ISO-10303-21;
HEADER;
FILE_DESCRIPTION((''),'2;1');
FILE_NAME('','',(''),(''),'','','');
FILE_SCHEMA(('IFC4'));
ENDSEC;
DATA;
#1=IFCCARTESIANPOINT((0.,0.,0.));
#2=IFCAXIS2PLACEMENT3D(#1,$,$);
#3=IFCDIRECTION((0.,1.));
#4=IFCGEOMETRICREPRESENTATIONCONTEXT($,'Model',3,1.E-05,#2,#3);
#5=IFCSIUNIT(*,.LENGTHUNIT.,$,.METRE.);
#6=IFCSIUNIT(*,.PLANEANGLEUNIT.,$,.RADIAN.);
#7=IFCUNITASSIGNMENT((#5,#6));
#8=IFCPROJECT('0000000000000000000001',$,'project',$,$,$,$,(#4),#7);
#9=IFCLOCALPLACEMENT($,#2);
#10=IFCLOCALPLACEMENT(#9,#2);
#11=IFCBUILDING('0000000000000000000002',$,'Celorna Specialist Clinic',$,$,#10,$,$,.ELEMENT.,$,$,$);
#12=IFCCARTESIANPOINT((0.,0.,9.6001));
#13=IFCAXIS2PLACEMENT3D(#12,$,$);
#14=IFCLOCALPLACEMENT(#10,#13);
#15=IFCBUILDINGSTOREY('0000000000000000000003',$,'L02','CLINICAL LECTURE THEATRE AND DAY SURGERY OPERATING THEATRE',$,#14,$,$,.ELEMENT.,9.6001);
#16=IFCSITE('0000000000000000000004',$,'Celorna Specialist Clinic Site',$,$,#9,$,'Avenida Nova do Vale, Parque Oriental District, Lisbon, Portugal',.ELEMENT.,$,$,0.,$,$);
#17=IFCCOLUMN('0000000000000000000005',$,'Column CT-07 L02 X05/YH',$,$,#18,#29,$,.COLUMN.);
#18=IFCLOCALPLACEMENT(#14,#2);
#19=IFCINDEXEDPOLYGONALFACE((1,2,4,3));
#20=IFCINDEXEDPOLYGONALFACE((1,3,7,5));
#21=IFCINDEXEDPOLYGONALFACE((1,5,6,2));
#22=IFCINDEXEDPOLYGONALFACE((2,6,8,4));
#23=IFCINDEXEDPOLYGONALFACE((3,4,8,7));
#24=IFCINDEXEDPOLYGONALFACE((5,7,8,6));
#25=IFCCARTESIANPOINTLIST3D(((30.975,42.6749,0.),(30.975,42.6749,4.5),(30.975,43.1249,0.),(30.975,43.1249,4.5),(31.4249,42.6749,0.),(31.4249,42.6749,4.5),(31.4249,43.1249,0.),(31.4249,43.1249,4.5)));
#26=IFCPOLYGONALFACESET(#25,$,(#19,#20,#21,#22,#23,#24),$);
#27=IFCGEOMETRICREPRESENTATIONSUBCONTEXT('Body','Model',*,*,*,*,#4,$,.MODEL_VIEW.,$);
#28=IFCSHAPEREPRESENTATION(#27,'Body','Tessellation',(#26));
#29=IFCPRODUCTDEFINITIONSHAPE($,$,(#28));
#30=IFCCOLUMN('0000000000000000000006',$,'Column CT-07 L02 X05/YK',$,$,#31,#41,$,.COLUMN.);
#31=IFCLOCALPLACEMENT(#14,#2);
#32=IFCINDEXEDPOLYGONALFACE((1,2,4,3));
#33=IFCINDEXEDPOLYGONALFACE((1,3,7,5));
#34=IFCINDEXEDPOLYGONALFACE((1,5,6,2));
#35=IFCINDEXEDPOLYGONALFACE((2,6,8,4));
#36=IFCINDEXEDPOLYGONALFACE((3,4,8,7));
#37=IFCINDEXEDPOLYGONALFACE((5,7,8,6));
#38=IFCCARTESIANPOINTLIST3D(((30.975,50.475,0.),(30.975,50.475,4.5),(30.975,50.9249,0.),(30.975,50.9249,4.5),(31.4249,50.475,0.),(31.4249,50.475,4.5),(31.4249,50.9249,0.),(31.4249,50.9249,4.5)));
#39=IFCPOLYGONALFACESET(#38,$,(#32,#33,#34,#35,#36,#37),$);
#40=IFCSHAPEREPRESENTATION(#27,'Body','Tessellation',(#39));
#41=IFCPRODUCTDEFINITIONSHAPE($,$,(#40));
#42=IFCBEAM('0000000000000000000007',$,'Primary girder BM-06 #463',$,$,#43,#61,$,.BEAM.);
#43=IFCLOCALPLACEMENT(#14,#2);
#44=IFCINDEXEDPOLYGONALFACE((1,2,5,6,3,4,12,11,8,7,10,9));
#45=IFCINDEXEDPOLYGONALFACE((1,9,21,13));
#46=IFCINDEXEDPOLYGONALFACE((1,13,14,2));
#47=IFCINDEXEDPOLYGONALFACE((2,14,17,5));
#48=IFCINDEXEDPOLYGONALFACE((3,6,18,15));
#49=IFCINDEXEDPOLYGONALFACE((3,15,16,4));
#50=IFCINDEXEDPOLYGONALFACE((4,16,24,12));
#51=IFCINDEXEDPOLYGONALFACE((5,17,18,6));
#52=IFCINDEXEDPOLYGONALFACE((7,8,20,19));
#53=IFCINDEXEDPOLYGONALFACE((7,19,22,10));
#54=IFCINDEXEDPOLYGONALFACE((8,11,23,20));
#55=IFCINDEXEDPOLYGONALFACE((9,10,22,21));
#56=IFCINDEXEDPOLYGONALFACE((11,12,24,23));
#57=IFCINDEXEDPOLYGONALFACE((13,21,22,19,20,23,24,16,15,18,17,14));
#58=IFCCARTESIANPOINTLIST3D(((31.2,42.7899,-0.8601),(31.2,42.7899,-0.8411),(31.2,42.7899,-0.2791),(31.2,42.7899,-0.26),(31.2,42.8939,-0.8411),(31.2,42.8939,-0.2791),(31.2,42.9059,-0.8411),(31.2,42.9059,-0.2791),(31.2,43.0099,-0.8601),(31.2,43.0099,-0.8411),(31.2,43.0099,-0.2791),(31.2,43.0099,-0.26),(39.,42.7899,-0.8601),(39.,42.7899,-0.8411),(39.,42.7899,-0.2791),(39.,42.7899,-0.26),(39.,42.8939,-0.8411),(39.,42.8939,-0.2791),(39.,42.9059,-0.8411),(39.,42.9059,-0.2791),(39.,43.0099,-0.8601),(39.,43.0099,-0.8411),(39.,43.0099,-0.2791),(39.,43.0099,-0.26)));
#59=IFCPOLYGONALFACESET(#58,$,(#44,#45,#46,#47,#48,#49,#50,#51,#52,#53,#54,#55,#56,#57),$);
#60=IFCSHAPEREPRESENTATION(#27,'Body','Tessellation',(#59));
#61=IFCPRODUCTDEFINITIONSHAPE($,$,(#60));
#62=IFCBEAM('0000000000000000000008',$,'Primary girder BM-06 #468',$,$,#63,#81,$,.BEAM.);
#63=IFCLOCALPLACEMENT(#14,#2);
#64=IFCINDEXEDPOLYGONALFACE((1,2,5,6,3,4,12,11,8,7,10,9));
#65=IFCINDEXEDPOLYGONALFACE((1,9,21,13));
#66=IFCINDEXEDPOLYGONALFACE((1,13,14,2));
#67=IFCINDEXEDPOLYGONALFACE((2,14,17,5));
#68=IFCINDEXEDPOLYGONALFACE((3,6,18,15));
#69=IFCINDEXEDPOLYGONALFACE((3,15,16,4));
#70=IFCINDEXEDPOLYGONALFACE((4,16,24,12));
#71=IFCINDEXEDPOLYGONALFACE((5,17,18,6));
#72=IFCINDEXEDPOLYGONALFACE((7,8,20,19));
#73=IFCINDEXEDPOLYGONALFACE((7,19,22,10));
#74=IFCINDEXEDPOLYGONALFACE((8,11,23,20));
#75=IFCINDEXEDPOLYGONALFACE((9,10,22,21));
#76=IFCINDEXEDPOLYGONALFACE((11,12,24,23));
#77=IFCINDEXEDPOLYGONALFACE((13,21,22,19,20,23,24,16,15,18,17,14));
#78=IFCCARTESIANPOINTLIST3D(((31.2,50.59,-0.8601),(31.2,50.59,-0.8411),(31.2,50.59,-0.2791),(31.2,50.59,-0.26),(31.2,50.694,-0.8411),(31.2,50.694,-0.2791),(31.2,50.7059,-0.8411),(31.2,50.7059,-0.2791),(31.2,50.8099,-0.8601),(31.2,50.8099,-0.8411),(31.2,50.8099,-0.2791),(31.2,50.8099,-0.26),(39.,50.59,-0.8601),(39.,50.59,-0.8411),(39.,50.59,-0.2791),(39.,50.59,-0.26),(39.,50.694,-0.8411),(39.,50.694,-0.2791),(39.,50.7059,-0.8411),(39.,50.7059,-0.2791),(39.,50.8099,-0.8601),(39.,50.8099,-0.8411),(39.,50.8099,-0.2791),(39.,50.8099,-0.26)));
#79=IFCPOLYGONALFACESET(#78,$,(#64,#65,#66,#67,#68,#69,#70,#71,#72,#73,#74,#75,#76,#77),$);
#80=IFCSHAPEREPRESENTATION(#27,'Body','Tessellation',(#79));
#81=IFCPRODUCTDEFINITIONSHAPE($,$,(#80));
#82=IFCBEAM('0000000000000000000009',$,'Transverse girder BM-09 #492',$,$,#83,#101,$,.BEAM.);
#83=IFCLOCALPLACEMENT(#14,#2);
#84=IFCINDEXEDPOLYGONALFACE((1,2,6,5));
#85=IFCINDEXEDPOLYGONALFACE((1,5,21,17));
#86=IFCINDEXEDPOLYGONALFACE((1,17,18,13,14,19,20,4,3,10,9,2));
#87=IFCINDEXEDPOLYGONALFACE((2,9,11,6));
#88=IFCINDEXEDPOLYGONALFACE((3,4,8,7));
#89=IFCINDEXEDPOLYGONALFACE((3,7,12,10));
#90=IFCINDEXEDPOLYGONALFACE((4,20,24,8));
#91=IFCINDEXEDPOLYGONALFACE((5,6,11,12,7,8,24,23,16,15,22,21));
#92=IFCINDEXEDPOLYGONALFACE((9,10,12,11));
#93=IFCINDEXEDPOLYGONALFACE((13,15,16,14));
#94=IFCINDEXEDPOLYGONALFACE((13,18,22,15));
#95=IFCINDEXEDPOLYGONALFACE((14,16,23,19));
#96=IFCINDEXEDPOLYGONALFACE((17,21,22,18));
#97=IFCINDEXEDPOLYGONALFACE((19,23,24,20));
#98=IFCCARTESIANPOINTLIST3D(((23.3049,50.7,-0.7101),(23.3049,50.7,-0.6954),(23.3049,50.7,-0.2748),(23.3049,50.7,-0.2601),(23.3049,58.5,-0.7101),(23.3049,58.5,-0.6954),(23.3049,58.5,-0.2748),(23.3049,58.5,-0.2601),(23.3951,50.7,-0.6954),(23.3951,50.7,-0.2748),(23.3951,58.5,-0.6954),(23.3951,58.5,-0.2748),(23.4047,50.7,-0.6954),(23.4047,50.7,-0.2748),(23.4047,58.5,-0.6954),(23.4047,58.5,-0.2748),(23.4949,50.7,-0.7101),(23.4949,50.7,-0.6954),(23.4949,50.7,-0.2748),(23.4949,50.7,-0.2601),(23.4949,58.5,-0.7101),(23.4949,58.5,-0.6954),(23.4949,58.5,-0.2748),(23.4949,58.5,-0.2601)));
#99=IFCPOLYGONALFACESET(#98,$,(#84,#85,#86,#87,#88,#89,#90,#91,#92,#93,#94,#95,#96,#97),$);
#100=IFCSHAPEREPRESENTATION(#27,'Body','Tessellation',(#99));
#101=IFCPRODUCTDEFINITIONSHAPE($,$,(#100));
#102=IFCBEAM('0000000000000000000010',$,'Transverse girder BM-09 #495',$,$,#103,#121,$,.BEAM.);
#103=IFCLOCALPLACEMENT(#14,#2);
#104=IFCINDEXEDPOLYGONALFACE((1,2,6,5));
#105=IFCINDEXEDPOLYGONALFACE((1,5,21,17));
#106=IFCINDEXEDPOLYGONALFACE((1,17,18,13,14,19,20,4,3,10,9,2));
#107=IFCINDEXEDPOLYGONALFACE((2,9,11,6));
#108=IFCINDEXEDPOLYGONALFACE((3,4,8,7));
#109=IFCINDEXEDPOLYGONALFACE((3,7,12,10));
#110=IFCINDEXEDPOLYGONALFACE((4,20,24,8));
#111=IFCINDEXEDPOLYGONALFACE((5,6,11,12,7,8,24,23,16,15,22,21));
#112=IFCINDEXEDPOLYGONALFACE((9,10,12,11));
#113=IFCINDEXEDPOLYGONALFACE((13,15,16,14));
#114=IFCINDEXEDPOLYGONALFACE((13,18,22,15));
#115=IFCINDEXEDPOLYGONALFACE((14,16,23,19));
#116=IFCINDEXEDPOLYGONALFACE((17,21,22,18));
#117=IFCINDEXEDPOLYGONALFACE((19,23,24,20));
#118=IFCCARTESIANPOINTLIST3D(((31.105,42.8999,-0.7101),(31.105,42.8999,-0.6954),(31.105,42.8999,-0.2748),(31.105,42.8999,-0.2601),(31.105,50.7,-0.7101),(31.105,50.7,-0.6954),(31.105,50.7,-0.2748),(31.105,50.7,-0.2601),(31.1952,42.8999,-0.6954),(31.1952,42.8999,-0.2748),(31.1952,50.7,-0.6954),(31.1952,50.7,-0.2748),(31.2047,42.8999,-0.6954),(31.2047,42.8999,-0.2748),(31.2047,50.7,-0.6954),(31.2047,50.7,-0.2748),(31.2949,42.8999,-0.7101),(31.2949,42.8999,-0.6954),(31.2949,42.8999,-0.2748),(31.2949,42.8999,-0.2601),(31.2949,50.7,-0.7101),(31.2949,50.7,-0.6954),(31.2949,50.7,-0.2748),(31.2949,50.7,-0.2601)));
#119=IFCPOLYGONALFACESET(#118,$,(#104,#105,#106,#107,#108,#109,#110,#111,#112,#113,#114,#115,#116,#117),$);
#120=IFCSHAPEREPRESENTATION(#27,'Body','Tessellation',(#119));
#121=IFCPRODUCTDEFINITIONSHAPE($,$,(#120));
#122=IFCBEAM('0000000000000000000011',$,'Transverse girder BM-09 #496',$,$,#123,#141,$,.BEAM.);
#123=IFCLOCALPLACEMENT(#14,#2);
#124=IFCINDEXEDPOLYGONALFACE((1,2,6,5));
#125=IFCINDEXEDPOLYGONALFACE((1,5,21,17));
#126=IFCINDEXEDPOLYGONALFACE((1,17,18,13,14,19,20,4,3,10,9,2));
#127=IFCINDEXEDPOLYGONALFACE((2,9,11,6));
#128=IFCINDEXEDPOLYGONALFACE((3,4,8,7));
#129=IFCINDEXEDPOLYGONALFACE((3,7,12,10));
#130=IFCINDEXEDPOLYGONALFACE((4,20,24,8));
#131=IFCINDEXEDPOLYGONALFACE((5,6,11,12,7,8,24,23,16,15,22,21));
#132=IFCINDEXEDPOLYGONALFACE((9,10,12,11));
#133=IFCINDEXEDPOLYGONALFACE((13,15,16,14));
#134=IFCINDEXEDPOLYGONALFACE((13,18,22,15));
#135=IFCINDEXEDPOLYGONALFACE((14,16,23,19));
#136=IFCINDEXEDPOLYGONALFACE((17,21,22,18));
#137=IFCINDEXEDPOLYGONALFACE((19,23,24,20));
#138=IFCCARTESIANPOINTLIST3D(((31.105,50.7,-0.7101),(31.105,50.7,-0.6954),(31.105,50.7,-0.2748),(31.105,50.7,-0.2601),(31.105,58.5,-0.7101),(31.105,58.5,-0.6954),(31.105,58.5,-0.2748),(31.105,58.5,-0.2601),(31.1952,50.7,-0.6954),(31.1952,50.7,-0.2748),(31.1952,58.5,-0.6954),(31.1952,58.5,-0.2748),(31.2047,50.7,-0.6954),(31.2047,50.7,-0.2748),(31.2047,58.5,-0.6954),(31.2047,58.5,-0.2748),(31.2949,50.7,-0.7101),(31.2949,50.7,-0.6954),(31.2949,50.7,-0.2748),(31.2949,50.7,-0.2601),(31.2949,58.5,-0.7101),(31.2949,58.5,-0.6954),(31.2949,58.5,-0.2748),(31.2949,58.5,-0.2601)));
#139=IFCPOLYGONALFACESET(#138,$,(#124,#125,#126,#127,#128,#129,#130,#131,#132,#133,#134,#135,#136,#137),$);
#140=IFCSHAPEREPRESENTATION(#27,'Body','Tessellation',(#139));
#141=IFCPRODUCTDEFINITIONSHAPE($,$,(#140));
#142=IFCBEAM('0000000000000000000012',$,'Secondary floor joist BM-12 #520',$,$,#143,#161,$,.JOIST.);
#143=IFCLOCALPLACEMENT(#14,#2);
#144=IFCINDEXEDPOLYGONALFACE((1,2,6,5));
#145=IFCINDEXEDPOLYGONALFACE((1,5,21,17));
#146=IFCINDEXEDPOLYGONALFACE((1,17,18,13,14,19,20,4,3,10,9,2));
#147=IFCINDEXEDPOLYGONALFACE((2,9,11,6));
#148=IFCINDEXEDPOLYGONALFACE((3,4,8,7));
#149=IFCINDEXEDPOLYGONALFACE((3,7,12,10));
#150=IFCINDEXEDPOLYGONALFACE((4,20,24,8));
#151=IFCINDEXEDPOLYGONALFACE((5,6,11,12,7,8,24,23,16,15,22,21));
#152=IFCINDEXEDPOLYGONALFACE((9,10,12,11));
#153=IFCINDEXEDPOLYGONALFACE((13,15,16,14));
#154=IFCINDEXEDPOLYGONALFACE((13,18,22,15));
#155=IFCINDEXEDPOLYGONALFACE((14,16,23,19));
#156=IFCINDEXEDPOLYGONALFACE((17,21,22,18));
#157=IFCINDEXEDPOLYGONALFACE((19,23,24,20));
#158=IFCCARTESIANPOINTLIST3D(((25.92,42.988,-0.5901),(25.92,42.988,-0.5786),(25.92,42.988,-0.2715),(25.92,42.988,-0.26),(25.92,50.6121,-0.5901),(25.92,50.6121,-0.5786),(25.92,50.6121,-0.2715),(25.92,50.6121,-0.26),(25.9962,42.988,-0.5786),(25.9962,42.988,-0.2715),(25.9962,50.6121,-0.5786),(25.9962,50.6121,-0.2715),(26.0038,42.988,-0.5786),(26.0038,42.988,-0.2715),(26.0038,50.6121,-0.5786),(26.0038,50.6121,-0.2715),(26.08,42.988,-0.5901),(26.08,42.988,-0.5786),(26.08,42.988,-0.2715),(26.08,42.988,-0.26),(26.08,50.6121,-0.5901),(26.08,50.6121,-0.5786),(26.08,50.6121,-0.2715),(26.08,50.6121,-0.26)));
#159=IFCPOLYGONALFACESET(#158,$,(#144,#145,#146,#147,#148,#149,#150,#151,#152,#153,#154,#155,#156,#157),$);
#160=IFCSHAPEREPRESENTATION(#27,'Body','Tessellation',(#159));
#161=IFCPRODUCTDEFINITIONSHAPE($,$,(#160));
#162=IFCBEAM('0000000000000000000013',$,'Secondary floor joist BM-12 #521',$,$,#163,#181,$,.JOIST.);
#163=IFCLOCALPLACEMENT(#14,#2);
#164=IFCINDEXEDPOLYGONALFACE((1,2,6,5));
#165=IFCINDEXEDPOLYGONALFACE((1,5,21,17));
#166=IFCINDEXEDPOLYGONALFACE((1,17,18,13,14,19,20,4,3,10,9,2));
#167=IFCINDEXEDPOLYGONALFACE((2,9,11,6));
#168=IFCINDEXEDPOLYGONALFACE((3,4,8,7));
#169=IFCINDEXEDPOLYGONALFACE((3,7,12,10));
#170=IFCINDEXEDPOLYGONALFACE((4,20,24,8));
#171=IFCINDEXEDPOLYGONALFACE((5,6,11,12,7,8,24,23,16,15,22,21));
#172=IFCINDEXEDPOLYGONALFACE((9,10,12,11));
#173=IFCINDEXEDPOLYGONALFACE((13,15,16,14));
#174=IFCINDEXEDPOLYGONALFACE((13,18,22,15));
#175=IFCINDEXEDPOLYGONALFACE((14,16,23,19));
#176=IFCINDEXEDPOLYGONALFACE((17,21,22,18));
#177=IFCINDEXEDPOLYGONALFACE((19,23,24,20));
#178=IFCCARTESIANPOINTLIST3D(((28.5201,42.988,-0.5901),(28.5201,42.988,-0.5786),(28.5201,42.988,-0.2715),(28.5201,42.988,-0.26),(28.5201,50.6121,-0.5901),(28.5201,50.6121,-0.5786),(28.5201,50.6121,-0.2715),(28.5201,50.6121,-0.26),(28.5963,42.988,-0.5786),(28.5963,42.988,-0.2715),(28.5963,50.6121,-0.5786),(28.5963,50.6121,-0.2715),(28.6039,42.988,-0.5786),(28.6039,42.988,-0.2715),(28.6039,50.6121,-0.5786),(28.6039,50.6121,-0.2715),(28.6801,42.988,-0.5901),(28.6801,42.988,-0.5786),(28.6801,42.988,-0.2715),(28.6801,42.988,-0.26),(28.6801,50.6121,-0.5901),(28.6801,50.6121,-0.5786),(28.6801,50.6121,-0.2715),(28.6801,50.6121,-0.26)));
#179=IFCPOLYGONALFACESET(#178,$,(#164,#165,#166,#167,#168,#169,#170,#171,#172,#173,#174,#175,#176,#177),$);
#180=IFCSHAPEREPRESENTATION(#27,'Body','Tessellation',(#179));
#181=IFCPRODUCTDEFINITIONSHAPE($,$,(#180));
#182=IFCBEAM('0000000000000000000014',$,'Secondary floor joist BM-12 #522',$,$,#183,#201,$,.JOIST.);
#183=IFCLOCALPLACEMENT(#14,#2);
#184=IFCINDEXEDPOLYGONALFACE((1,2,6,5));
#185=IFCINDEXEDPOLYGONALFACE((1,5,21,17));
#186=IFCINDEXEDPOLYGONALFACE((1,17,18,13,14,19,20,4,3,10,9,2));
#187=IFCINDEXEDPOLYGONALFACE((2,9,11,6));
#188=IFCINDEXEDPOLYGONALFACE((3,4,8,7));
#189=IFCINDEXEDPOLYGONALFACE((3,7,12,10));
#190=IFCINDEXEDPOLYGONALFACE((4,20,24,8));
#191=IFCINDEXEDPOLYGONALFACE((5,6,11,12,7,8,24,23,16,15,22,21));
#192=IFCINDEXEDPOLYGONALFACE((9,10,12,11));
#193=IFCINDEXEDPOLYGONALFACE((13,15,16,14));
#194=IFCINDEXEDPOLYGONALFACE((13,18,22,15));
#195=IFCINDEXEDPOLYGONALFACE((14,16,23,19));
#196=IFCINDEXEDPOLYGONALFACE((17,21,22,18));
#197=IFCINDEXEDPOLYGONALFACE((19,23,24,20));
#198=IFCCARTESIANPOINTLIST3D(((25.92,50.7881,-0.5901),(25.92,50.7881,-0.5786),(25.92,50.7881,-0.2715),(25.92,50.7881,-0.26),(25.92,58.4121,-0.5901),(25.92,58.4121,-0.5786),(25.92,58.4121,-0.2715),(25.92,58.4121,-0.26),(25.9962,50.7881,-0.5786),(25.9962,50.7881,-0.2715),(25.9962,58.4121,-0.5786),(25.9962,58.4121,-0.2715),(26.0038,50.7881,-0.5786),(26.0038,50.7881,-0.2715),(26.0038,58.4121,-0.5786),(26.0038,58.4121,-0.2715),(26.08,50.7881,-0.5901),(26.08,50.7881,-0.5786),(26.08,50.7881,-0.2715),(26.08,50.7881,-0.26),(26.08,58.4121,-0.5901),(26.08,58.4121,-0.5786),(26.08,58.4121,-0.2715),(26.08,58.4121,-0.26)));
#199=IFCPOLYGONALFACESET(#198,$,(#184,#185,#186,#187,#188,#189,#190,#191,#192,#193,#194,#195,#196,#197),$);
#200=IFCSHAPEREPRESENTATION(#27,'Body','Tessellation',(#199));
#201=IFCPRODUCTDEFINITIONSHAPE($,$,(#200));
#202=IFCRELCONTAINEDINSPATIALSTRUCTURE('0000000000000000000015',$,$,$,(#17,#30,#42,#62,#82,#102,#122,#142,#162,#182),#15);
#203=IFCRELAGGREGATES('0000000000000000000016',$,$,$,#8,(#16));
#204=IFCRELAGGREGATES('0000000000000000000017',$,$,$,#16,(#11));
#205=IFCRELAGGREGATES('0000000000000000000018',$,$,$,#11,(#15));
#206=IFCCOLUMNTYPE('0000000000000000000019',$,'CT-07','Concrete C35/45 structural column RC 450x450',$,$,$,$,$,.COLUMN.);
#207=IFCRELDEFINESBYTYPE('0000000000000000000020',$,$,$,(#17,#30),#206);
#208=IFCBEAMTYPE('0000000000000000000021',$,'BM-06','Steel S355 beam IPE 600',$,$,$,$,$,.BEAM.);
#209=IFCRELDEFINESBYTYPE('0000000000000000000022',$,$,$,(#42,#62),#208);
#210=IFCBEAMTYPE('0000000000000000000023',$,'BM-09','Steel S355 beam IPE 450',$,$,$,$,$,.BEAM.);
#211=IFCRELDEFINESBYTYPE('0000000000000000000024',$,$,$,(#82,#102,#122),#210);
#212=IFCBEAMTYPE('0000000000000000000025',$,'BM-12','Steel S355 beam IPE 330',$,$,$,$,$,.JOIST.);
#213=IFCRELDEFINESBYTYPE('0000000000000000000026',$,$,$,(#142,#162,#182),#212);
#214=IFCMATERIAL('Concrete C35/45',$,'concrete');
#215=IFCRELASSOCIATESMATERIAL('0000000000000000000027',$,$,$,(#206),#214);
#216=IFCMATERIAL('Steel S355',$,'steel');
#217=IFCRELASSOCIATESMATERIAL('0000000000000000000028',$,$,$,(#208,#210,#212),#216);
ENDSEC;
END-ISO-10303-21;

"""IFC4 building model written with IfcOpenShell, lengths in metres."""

from ifc_helpers import new_model, si_unit, direction, frame, origin, origin_2d, place, context, subcontext, project, spatial, rectangle, i_section, extrude, material, material_profile, profile_set, type_object, element, save


model = new_model("IFC4")

# Units and contexts
model_context = context("Model", 3, precision=1e-05, world=origin(), true_north=direction((0.0, 1.0)))
body_context = subcontext(model_context, "Body", "Model", "MODEL_VIEW")
ifc_project = project(units=[si_unit("LENGTHUNIT", "METRE"), si_unit("PLANEANGLEUNIT", "RADIAN")], contexts=[model_context])

# Site, building, storey
site_placement = place(None, origin())
site = spatial("IfcSite", under=ifc_project, at=site_placement, Name="Celorna Specialist Clinic Site", LongName="Avenida Nova do Vale, Parque Oriental District, Lisbon, Portugal", CompositionType="ELEMENT", RefElevation=0.0)
building_placement = place(site_placement, origin())
building = spatial("IfcBuilding", under=site, at=building_placement, Name="Celorna Specialist Clinic", CompositionType="ELEMENT")
storey_placement = place(building_placement, frame((0.0, 0.0, 9.6001)))
storey = spatial("IfcBuildingStorey", under=building, at=storey_placement, Name="L02", Description="CLINICAL LECTURE THEATRE AND DAY SURGERY OPERATING THEATRE", CompositionType="ELEMENT", Elevation=9.6001)

# Columns
ifc_material_1 = material(Name="Concrete C35/45", Category="concrete")
ifc_material_profile_1 = material_profile(ifc_material_1, rectangle(XDim=0.45, YDim=0.45, at=origin_2d()), Name="RC 450x450")
ifc_profile_set_1 = profile_set([ifc_material_profile_1], Name="Concrete C35/45")
column_type = type_object("IfcColumnType", Name="CT-07", Description="Concrete C35/45 structural column RC 450x450", PredefinedType="COLUMN", material=ifc_profile_set_1)
for number, where, z_axis, x_axis, name in (
    (1, (31.2, 42.8999, 0.0), (0.0, 0.0, 1.0), (1.0, 0.0, 0.0), "Column CT-07 L02 X05/YH"),
    (2, (31.2, 50.7, 0.0), (0.0, 0.0, 1.0), (1.0, 0.0, 0.0), "Column CT-07 L02 X05/YK"),
):
    element("IfcColumn", number, at=place(storey_placement, frame(where, z_axis=z_axis, x_axis=x_axis)), inside=storey, type_object=column_type, Name=name, PredefinedType="COLUMN", context=body_context, shape_type="SweptSolid", body=[
        extrude(rectangle(XDim=0.45, YDim=0.45, at=origin_2d()), origin(), (0.0, 0.0, 1.0), 4.5),
    ])

# Beams
ifc_material_2 = material(Name="Steel S355", Category="steel")
ifc_material_profile_2 = material_profile(ifc_material_2, i_section(OverallWidth=0.22, OverallDepth=0.6001, WebThickness=0.012, FlangeThickness=0.019, at=origin_2d()), Name="IPE 600")
ifc_profile_set_2 = profile_set([ifc_material_profile_2], Name="Steel S355")
beam_type_1 = type_object("IfcBeamType", Name="BM-06", Description="Steel S355 beam IPE 600", PredefinedType="BEAM", material=ifc_profile_set_2)
for number, where, z_axis, x_axis, name in (
    (3, (31.2, 42.8999, -0.5601), (1.0, 0.0, 0.0), (0.0, 1.0, 0.0), "Primary girder BM-06 #463"),
    (4, (31.2, 50.7, -0.5601), (1.0, 0.0, 0.0), (0.0, 1.0, 0.0), "Primary girder BM-06 #468"),
):
    element("IfcBeam", number, at=place(storey_placement, frame(where, z_axis=z_axis, x_axis=x_axis)), inside=storey, type_object=beam_type_1, Name=name, PredefinedType="BEAM", context=body_context, shape_type="SweptSolid", body=[
        extrude(i_section(OverallWidth=0.22, OverallDepth=0.6001, WebThickness=0.012, FlangeThickness=0.019, at=origin_2d()), origin(), (0.0, 0.0, 1.0), 7.8),
    ])
ifc_material_profile_3 = material_profile(ifc_material_2, i_section(OverallWidth=0.1899, OverallDepth=0.45, WebThickness=0.0095, FlangeThickness=0.0146, at=origin_2d()), Name="IPE 450")
ifc_profile_set_3 = profile_set([ifc_material_profile_3], Name="Steel S355")
beam_type_2 = type_object("IfcBeamType", Name="BM-09", Description="Steel S355 beam IPE 450", PredefinedType="BEAM", material=ifc_profile_set_3)
for number, where, z_axis, x_axis, name in (
    (5, (23.3999, 50.7, -0.4851), (0.0, 1.0, 0.0), (-1.0, 0.0, 0.0), "Transverse girder BM-09 #492"),
    (6, (31.2, 42.8999, -0.4851), (0.0, 1.0, 0.0), (-1.0, 0.0, 0.0), "Transverse girder BM-09 #495"),
    (7, (31.2, 50.7, -0.4851), (0.0, 1.0, 0.0), (-1.0, 0.0, 0.0), "Transverse girder BM-09 #496"),
):
    element("IfcBeam", number, at=place(storey_placement, frame(where, z_axis=z_axis, x_axis=x_axis)), inside=storey, type_object=beam_type_2, Name=name, PredefinedType="BEAM", context=body_context, shape_type="SweptSolid", body=[
        extrude(i_section(OverallWidth=0.1899, OverallDepth=0.45, WebThickness=0.0095, FlangeThickness=0.0146, at=origin_2d()), origin(), (0.0, 0.0, 1.0), 7.8),
    ])
ifc_material_profile_4 = material_profile(ifc_material_2, i_section(OverallWidth=0.1599, OverallDepth=0.3301, WebThickness=0.0076, FlangeThickness=0.0115, at=origin_2d()), Name="IPE 330")
ifc_profile_set_4 = profile_set([ifc_material_profile_4], Name="Steel S355")
beam_type_3 = type_object("IfcBeamType", Name="BM-12", Description="Steel S355 beam IPE 330", PredefinedType="JOIST", material=ifc_profile_set_4)
for number, where, z_axis, x_axis, name in (
    (8, (26.0, 42.988, -0.425), (0.0, 1.0, 0.0), (-1.0, 0.0, 0.0), "Secondary floor joist BM-12 #520"),
    (9, (28.6001, 42.988, -0.425), (0.0, 1.0, 0.0), (-1.0, 0.0, 0.0), "Secondary floor joist BM-12 #521"),
    (10, (26.0, 50.7881, -0.425), (0.0, 1.0, 0.0), (-1.0, 0.0, 0.0), "Secondary floor joist BM-12 #522"),
):
    element("IfcBeam", number, at=place(storey_placement, frame(where, z_axis=z_axis, x_axis=x_axis)), inside=storey, type_object=beam_type_3, Name=name, PredefinedType="JOIST", context=body_context, shape_type="SweptSolid", body=[
        extrude(i_section(OverallWidth=0.1599, OverallDepth=0.3301, WebThickness=0.0076, FlangeThickness=0.0115, at=origin_2d()), origin(), (0.0, 0.0, 1.0), 7.624),
    ])

save(model, "model.ifc")
